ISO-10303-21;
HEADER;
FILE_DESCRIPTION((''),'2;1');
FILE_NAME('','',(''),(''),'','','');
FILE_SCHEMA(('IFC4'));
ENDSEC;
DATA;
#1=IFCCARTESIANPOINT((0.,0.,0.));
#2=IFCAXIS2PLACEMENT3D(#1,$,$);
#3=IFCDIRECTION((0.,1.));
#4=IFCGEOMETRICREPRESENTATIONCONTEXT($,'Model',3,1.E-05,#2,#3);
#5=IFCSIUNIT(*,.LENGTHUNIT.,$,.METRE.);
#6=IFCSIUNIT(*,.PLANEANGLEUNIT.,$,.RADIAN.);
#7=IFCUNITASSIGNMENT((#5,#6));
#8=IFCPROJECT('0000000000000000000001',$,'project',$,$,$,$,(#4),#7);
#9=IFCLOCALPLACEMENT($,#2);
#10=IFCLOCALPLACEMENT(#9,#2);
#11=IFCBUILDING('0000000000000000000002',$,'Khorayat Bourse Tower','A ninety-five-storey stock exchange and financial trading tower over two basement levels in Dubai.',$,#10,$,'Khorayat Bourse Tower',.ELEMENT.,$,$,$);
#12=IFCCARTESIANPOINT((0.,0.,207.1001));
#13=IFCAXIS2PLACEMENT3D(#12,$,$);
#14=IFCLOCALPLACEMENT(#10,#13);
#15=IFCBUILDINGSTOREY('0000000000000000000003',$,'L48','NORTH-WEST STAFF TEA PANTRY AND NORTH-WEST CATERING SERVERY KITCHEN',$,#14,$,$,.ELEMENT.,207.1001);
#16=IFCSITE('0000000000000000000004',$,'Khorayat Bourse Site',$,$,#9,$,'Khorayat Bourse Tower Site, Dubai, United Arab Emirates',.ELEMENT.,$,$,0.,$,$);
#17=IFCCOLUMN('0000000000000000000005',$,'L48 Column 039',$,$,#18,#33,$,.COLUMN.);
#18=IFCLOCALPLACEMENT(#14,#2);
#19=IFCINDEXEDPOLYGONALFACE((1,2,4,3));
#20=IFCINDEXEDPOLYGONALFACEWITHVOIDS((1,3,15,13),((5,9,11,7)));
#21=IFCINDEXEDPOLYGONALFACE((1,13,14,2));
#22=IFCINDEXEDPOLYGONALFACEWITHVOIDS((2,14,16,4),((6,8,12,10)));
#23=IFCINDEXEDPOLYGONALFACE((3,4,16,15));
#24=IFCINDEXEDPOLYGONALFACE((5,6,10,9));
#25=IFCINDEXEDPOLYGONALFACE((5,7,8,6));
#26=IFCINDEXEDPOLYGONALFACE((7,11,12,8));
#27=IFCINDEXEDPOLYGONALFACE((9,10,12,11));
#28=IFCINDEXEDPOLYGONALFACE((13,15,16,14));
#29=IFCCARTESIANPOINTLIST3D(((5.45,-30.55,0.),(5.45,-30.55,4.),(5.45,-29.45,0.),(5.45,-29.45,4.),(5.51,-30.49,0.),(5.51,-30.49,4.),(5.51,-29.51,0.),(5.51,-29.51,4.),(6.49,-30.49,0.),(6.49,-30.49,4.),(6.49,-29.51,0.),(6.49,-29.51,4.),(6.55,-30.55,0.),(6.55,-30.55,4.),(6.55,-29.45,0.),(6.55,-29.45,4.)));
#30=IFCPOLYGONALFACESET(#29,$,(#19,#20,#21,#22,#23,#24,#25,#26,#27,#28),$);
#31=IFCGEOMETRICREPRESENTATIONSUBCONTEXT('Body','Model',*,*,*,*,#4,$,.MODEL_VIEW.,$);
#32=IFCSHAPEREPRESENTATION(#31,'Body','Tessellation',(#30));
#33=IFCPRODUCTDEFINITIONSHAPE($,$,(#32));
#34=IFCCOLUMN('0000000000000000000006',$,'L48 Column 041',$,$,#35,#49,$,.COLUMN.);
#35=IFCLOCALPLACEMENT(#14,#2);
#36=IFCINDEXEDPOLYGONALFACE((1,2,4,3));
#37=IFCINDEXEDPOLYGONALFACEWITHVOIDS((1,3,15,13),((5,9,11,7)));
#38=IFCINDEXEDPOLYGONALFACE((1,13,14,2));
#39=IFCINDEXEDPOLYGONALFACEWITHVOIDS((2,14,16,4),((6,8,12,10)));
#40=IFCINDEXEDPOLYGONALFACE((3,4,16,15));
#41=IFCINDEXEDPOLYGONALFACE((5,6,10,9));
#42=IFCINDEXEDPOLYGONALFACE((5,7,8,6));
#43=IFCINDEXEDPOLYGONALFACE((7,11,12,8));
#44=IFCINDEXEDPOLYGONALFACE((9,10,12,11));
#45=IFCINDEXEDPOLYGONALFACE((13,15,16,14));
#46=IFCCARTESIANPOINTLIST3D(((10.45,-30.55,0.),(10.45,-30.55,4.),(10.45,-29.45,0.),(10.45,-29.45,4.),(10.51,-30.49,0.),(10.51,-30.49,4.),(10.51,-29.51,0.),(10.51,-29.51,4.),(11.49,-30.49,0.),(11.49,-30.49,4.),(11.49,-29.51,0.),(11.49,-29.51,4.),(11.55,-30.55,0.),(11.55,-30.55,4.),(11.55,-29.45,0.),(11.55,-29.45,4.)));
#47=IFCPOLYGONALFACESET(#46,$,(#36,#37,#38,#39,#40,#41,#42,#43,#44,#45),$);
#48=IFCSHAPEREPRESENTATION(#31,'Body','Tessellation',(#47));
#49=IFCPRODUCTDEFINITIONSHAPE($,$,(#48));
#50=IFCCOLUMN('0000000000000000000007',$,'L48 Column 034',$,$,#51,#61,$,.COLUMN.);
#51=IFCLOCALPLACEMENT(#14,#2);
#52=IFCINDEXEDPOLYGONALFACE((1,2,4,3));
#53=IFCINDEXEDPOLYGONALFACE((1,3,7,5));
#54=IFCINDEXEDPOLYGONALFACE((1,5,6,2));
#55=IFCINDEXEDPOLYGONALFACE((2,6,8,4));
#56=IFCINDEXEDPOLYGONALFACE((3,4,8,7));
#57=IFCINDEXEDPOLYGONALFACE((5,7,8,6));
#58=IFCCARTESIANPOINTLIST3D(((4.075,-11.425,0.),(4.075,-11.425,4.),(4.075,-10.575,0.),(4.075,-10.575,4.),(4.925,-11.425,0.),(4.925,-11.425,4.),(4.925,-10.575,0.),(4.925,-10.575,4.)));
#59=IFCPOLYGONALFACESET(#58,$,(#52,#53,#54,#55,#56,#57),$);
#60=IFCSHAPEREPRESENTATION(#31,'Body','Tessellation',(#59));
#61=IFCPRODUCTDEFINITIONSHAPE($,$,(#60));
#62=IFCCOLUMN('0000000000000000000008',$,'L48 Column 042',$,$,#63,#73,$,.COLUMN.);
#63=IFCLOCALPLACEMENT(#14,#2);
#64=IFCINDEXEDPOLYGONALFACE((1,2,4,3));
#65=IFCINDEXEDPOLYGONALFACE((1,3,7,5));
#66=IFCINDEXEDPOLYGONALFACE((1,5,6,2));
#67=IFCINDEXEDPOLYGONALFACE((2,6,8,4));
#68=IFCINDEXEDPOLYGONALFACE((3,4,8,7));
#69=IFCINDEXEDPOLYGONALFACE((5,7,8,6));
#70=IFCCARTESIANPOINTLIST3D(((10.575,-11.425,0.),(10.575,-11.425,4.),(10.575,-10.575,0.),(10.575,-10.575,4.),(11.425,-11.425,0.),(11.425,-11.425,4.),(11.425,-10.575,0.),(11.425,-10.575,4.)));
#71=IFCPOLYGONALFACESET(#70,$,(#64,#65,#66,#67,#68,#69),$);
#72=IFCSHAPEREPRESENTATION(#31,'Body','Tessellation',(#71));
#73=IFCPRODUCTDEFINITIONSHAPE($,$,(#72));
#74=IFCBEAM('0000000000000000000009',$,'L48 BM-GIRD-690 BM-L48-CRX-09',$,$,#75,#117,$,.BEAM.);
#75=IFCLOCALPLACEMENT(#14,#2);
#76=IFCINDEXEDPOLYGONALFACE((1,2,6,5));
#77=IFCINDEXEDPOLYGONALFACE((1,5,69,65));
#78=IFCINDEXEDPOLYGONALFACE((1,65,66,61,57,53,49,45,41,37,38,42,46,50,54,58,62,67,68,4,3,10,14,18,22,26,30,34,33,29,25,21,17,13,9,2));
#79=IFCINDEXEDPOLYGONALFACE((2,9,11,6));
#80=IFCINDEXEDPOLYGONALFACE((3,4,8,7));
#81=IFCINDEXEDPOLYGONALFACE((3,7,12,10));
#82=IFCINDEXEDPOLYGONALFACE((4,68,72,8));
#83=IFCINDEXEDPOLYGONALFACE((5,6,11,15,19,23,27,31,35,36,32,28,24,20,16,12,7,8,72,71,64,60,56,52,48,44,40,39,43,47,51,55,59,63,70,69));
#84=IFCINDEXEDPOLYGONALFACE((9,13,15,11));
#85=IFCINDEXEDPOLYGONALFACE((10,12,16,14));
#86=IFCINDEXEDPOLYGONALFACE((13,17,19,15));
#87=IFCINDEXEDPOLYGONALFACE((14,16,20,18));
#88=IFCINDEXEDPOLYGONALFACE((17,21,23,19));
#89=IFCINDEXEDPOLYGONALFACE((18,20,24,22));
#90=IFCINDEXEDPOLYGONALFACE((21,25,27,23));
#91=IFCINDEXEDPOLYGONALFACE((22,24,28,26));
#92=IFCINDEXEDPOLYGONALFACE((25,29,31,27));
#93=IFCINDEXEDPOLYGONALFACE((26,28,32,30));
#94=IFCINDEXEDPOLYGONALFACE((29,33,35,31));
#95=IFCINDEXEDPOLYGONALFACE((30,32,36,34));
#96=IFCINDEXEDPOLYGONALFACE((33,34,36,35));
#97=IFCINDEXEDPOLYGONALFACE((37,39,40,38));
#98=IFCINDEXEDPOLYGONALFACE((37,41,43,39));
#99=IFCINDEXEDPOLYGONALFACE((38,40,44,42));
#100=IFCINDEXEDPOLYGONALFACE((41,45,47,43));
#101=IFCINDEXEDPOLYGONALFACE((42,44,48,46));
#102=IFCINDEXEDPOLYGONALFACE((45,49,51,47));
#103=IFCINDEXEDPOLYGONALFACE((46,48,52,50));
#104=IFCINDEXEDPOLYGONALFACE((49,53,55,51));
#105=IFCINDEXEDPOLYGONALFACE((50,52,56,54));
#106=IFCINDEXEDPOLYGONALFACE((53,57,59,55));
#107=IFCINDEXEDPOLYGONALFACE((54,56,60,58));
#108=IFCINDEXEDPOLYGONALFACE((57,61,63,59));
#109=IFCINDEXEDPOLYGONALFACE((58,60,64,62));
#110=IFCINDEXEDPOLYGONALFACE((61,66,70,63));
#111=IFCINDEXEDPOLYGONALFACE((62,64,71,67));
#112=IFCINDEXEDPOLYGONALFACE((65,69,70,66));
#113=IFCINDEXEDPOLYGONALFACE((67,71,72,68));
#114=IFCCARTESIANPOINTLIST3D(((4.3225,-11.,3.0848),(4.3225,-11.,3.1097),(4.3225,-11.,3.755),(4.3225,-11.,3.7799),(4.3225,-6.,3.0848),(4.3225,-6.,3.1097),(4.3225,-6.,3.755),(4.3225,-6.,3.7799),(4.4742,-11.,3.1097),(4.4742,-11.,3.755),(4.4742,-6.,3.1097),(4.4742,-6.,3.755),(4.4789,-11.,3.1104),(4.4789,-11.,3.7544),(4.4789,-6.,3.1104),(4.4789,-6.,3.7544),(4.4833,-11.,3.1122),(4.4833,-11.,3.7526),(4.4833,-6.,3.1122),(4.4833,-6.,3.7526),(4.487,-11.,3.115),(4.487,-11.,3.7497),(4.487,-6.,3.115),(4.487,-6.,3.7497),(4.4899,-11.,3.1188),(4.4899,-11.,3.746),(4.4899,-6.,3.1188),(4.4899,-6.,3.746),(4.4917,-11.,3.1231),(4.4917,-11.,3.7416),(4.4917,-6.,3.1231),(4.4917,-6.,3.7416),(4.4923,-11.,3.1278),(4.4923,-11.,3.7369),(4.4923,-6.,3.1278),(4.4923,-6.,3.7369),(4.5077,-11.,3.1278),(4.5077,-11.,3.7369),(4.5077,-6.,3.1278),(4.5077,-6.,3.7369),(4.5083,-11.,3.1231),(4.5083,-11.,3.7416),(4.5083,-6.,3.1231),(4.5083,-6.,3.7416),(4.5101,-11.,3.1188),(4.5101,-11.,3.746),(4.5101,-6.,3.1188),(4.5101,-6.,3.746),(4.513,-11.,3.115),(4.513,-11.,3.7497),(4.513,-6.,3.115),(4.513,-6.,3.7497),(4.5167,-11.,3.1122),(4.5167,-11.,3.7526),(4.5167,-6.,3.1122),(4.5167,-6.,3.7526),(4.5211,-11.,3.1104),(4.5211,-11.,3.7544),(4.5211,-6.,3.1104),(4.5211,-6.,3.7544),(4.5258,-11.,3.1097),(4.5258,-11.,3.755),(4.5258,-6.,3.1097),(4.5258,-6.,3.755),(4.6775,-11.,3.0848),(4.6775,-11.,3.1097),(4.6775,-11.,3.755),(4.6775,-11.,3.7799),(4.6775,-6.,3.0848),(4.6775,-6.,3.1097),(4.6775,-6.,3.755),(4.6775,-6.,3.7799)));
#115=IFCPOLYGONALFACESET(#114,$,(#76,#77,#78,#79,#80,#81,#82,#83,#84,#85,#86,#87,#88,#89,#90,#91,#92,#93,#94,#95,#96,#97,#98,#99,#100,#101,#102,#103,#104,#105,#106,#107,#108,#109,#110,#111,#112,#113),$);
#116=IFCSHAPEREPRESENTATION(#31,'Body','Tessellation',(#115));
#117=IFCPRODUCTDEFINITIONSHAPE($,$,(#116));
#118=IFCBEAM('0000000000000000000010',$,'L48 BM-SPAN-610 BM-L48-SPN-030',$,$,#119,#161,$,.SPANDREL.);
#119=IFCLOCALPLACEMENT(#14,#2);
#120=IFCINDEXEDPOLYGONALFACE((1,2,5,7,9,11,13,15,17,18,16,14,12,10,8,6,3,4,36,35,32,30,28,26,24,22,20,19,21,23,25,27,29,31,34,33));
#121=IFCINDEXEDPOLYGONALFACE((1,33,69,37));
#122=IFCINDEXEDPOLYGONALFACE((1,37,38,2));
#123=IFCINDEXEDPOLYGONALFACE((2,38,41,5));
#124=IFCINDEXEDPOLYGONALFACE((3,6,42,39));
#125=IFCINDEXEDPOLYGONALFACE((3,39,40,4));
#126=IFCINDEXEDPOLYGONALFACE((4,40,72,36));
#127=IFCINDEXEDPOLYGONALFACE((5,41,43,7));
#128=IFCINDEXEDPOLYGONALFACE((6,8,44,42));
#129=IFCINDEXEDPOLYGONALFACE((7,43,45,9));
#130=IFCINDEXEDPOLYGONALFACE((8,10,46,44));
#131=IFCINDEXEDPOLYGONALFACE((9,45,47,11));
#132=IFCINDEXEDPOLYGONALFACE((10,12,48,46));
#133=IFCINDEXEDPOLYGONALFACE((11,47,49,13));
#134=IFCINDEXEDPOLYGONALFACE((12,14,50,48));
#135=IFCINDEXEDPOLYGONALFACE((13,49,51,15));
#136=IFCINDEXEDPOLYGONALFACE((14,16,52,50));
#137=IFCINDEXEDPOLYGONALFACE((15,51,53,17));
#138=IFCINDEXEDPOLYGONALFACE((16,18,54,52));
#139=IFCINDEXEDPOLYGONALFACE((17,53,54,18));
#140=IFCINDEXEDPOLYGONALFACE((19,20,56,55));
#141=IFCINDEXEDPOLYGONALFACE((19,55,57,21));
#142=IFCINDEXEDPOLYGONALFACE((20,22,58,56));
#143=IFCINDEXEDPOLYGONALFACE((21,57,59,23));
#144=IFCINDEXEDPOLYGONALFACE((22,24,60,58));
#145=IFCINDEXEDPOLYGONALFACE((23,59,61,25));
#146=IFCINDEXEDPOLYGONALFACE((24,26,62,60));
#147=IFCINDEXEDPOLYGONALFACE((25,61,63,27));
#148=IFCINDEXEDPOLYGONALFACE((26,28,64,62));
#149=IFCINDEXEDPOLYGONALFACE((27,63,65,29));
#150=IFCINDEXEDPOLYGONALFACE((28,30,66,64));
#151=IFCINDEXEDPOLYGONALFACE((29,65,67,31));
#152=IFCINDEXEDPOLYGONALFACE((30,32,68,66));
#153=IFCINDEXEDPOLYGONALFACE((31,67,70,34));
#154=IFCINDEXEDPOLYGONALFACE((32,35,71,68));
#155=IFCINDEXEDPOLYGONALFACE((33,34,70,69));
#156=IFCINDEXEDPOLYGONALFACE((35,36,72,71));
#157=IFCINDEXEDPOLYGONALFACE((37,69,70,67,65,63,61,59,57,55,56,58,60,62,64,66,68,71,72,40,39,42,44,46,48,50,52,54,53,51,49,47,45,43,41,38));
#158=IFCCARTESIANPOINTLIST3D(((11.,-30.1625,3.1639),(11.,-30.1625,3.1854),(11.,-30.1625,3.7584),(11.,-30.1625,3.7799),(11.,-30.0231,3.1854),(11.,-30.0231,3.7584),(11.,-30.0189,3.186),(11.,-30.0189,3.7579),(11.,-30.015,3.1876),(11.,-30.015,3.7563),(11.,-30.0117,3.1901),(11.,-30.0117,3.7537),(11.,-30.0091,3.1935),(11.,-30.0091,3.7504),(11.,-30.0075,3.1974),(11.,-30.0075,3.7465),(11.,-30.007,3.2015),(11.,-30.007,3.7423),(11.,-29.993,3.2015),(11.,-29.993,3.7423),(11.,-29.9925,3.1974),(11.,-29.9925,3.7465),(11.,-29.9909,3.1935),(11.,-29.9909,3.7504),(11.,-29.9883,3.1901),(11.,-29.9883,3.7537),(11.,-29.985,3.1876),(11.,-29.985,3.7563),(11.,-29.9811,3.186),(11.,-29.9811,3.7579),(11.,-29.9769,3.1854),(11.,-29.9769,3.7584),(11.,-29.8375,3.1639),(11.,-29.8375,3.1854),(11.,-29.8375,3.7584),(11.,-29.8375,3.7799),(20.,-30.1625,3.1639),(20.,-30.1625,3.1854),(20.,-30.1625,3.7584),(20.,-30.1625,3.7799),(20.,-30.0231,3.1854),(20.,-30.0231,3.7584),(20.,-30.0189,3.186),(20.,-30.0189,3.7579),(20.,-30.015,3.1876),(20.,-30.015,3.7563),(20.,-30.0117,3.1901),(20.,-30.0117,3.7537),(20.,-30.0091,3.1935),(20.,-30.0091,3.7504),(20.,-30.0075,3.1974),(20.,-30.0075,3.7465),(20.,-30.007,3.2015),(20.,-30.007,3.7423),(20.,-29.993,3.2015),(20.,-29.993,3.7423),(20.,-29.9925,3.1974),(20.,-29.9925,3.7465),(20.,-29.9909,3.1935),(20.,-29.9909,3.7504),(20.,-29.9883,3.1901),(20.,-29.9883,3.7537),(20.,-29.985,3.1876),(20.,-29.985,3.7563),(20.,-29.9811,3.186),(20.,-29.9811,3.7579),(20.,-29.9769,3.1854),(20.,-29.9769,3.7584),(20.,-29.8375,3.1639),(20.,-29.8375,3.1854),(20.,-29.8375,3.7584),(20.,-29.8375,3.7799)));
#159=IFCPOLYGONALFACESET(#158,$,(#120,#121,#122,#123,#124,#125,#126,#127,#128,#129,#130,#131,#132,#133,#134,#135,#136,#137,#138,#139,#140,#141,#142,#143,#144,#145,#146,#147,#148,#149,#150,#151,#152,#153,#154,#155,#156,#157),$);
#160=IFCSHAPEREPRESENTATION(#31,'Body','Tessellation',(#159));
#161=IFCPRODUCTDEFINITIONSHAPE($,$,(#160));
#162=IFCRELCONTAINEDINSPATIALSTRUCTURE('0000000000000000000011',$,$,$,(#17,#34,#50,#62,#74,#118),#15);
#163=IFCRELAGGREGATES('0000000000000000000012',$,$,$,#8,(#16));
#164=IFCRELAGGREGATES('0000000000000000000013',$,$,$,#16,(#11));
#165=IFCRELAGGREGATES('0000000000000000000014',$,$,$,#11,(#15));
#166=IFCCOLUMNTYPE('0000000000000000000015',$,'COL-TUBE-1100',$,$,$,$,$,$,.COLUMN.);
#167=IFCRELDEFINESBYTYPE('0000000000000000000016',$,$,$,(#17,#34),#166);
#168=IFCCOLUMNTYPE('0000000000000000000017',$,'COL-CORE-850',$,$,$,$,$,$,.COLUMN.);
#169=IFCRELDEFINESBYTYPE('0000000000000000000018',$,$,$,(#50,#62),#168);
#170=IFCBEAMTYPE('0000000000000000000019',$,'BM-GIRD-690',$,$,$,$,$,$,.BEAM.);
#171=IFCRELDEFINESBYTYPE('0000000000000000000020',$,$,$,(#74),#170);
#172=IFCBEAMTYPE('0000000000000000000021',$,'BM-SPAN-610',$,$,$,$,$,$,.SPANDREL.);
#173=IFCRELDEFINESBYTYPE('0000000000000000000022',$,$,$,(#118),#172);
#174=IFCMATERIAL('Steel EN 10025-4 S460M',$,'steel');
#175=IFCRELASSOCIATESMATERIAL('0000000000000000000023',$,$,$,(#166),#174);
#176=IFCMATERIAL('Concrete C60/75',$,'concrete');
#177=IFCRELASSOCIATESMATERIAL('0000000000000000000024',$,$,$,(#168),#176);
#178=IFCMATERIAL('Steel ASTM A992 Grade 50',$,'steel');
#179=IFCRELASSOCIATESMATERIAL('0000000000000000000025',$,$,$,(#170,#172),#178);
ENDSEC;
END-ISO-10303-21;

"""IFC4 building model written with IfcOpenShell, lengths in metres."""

from ifc_helpers import new_model, si_unit, direction, frame, origin, origin_2d, place, context, subcontext, project, spatial, rectangle, hollow_rectangle, i_section, extrude, source, transform, mapped, material, material_profile, profile_set, type_object, element, save


model = new_model("IFC4")

# Units and contexts
model_context = context("Model", 3, precision=1e-05, world=origin(), true_north=direction((0.0, 1.0)))
body_context = subcontext(model_context, "Body", "Model", "MODEL_VIEW")
ifc_project = project(units=[si_unit("LENGTHUNIT", "METRE"), si_unit("PLANEANGLEUNIT", "RADIAN")], contexts=[model_context])

# Site, building, storey
site_placement = place(None, origin())
site = spatial("IfcSite", under=ifc_project, at=site_placement, Name="Khorayat Bourse Site", LongName="Khorayat Bourse Tower Site, Dubai, United Arab Emirates", CompositionType="ELEMENT", RefElevation=0.0)
building_placement = place(site_placement, origin())
building = spatial("IfcBuilding", under=site, at=building_placement, Name="Khorayat Bourse Tower", Description="A ninety-five-storey stock exchange and financial trading tower over two basement levels in Dubai.", LongName="Khorayat Bourse Tower", CompositionType="ELEMENT")
storey_placement = place(building_placement, frame((0.0, 0.0, 207.1001)))
storey = spatial("IfcBuildingStorey", under=building, at=storey_placement, Name="L48", Description="NORTH-WEST STAFF TEA PANTRY AND NORTH-WEST CATERING SERVERY KITCHEN", CompositionType="ELEMENT", Elevation=207.1001)

# Columns
ifc_material_1 = material(Name="Steel EN 10025-4 S460M", Category="steel")
ifc_material_profile_1 = material_profile(ifc_material_1, hollow_rectangle(XDim=1.1001, YDim=1.1001, WallThickness=0.0601, at=origin_2d()), Name="BOX 1100x1100x60")
ifc_profile_set_1 = profile_set([ifc_material_profile_1], Name="Steel EN 10025-4 S460M")
column_type_1 = type_object("IfcColumnType", Name="COL-TUBE-1100", PredefinedType="COLUMN", material=ifc_profile_set_1)
shared_shape_1 = source(origin(), body_context, "Body", "SweptSolid", [
    extrude(hollow_rectangle(XDim=1.1001, YDim=1.1001, WallThickness=0.0601, at=origin_2d()), origin(), (0.0, 0.0, 1.0), 4.0),
])
for number, where, z_axis, x_axis, name in (
    (1, (6.0, -30.0, 0.0), (0.0, 0.0, 1.0), (1.0, 0.0, 0.0), "L48 Column 039"),
    (2, (11.0, -30.0, 0.0), (0.0, 0.0, 1.0), (1.0, 0.0, 0.0), "L48 Column 041"),
):
    element("IfcColumn", number, at=place(storey_placement, frame(where, z_axis=z_axis, x_axis=x_axis)), inside=storey, type_object=column_type_1, Name=name, PredefinedType="COLUMN", context=body_context, shape_type="MappedRepresentation", body=[
        mapped(shared_shape_1, transform((0.0, 0.0, 0.0), scale=1.0)),
    ])
ifc_material_2 = material(Name="Concrete C60/75", Category="concrete")
ifc_material_profile_2 = material_profile(ifc_material_2, rectangle(XDim=0.8501, YDim=0.8501, at=origin_2d()), Name="RC 850x850")
ifc_profile_set_2 = profile_set([ifc_material_profile_2], Name="Concrete C60/75")
column_type_2 = type_object("IfcColumnType", Name="COL-CORE-850", PredefinedType="COLUMN", material=ifc_profile_set_2)
shared_shape_2 = source(origin(), body_context, "Body", "SweptSolid", [
    extrude(rectangle(XDim=0.8501, YDim=0.8501, at=origin_2d()), origin(), (0.0, 0.0, 1.0), 4.0),
])
for number, where, z_axis, x_axis, name in (
    (3, (4.5, -11.0, 0.0), (0.0, 0.0, 1.0), (1.0, 0.0, 0.0), "L48 Column 034"),
    (4, (11.0, -11.0, 0.0), (0.0, 0.0, 1.0), (1.0, 0.0, 0.0), "L48 Column 042"),
):
    element("IfcColumn", number, at=place(storey_placement, frame(where, z_axis=z_axis, x_axis=x_axis)), inside=storey, type_object=column_type_2, Name=name, PredefinedType="COLUMN", context=body_context, shape_type="MappedRepresentation", body=[
        mapped(shared_shape_2, transform((0.0, 0.0, 0.0), scale=1.0)),
    ])

# Beams
ifc_material_3 = material(Name="Steel ASTM A992 Grade 50", Category="steel")
ifc_material_profile_3 = material_profile(ifc_material_3, i_section(OverallWidth=0.355, OverallDepth=0.6951, WebThickness=0.0154, FlangeThickness=0.0249, FilletRadius=0.0181, at=origin_2d()), Name="W690X217")
ifc_profile_set_3 = profile_set([ifc_material_profile_3], Name="Steel ASTM A992 Grade 50")
beam_type_1 = type_object("IfcBeamType", Name="BM-GIRD-690", PredefinedType="BEAM", material=ifc_profile_set_3)
shared_shape_3 = source(origin(), body_context, "Body", "SweptSolid", [
    extrude(i_section(OverallWidth=0.355, OverallDepth=0.6951, WebThickness=0.0154, FlangeThickness=0.0249, FilletRadius=0.0181, at=origin_2d()), origin(), (0.0, 0.0, 1.0), 5.0),
])
beam_1_placement = place(storey_placement, frame((4.5, -11.0, 3.4324), z_axis=(0.0, 1.0, 0.0), x_axis=(-1.0, 0.0, 0.0)))
element("IfcBeam", 5, at=beam_1_placement, inside=storey, type_object=beam_type_1, Name="L48 BM-GIRD-690 BM-L48-CRX-09", PredefinedType="BEAM", context=body_context, shape_type="MappedRepresentation", body=[
    mapped(shared_shape_3, transform((0.0, 0.0, 0.0), scale=1.0)),
])
ifc_material_profile_4 = material_profile(ifc_material_3, i_section(OverallWidth=0.325, OverallDepth=0.616, WebThickness=0.0139, FlangeThickness=0.0215, FilletRadius=0.0161, at=origin_2d()), Name="W610X174")
ifc_profile_set_4 = profile_set([ifc_material_profile_4], Name="Steel ASTM A992 Grade 50")
beam_type_2 = type_object("IfcBeamType", Name="BM-SPAN-610", PredefinedType="SPANDREL", material=ifc_profile_set_4)
shared_shape_4 = source(origin(), body_context, "Body", "SweptSolid", [
    extrude(i_section(OverallWidth=0.325, OverallDepth=0.616, WebThickness=0.0139, FlangeThickness=0.0215, FilletRadius=0.0161, at=origin_2d()), origin(), (0.0, 0.0, 1.0), 9.0),
])
beam_2_placement = place(storey_placement, frame((11.0, -30.0, 3.4719), z_axis=(1.0, 0.0, 0.0), x_axis=(0.0, 1.0, 0.0)))
element("IfcBeam", 6, at=beam_2_placement, inside=storey, type_object=beam_type_2, Name="L48 BM-SPAN-610 BM-L48-SPN-030", PredefinedType="SPANDREL", context=body_context, shape_type="MappedRepresentation", body=[
    mapped(shared_shape_4, transform((0.0, 0.0, 0.0), scale=1.0)),
])

save(model, "model.ifc")
